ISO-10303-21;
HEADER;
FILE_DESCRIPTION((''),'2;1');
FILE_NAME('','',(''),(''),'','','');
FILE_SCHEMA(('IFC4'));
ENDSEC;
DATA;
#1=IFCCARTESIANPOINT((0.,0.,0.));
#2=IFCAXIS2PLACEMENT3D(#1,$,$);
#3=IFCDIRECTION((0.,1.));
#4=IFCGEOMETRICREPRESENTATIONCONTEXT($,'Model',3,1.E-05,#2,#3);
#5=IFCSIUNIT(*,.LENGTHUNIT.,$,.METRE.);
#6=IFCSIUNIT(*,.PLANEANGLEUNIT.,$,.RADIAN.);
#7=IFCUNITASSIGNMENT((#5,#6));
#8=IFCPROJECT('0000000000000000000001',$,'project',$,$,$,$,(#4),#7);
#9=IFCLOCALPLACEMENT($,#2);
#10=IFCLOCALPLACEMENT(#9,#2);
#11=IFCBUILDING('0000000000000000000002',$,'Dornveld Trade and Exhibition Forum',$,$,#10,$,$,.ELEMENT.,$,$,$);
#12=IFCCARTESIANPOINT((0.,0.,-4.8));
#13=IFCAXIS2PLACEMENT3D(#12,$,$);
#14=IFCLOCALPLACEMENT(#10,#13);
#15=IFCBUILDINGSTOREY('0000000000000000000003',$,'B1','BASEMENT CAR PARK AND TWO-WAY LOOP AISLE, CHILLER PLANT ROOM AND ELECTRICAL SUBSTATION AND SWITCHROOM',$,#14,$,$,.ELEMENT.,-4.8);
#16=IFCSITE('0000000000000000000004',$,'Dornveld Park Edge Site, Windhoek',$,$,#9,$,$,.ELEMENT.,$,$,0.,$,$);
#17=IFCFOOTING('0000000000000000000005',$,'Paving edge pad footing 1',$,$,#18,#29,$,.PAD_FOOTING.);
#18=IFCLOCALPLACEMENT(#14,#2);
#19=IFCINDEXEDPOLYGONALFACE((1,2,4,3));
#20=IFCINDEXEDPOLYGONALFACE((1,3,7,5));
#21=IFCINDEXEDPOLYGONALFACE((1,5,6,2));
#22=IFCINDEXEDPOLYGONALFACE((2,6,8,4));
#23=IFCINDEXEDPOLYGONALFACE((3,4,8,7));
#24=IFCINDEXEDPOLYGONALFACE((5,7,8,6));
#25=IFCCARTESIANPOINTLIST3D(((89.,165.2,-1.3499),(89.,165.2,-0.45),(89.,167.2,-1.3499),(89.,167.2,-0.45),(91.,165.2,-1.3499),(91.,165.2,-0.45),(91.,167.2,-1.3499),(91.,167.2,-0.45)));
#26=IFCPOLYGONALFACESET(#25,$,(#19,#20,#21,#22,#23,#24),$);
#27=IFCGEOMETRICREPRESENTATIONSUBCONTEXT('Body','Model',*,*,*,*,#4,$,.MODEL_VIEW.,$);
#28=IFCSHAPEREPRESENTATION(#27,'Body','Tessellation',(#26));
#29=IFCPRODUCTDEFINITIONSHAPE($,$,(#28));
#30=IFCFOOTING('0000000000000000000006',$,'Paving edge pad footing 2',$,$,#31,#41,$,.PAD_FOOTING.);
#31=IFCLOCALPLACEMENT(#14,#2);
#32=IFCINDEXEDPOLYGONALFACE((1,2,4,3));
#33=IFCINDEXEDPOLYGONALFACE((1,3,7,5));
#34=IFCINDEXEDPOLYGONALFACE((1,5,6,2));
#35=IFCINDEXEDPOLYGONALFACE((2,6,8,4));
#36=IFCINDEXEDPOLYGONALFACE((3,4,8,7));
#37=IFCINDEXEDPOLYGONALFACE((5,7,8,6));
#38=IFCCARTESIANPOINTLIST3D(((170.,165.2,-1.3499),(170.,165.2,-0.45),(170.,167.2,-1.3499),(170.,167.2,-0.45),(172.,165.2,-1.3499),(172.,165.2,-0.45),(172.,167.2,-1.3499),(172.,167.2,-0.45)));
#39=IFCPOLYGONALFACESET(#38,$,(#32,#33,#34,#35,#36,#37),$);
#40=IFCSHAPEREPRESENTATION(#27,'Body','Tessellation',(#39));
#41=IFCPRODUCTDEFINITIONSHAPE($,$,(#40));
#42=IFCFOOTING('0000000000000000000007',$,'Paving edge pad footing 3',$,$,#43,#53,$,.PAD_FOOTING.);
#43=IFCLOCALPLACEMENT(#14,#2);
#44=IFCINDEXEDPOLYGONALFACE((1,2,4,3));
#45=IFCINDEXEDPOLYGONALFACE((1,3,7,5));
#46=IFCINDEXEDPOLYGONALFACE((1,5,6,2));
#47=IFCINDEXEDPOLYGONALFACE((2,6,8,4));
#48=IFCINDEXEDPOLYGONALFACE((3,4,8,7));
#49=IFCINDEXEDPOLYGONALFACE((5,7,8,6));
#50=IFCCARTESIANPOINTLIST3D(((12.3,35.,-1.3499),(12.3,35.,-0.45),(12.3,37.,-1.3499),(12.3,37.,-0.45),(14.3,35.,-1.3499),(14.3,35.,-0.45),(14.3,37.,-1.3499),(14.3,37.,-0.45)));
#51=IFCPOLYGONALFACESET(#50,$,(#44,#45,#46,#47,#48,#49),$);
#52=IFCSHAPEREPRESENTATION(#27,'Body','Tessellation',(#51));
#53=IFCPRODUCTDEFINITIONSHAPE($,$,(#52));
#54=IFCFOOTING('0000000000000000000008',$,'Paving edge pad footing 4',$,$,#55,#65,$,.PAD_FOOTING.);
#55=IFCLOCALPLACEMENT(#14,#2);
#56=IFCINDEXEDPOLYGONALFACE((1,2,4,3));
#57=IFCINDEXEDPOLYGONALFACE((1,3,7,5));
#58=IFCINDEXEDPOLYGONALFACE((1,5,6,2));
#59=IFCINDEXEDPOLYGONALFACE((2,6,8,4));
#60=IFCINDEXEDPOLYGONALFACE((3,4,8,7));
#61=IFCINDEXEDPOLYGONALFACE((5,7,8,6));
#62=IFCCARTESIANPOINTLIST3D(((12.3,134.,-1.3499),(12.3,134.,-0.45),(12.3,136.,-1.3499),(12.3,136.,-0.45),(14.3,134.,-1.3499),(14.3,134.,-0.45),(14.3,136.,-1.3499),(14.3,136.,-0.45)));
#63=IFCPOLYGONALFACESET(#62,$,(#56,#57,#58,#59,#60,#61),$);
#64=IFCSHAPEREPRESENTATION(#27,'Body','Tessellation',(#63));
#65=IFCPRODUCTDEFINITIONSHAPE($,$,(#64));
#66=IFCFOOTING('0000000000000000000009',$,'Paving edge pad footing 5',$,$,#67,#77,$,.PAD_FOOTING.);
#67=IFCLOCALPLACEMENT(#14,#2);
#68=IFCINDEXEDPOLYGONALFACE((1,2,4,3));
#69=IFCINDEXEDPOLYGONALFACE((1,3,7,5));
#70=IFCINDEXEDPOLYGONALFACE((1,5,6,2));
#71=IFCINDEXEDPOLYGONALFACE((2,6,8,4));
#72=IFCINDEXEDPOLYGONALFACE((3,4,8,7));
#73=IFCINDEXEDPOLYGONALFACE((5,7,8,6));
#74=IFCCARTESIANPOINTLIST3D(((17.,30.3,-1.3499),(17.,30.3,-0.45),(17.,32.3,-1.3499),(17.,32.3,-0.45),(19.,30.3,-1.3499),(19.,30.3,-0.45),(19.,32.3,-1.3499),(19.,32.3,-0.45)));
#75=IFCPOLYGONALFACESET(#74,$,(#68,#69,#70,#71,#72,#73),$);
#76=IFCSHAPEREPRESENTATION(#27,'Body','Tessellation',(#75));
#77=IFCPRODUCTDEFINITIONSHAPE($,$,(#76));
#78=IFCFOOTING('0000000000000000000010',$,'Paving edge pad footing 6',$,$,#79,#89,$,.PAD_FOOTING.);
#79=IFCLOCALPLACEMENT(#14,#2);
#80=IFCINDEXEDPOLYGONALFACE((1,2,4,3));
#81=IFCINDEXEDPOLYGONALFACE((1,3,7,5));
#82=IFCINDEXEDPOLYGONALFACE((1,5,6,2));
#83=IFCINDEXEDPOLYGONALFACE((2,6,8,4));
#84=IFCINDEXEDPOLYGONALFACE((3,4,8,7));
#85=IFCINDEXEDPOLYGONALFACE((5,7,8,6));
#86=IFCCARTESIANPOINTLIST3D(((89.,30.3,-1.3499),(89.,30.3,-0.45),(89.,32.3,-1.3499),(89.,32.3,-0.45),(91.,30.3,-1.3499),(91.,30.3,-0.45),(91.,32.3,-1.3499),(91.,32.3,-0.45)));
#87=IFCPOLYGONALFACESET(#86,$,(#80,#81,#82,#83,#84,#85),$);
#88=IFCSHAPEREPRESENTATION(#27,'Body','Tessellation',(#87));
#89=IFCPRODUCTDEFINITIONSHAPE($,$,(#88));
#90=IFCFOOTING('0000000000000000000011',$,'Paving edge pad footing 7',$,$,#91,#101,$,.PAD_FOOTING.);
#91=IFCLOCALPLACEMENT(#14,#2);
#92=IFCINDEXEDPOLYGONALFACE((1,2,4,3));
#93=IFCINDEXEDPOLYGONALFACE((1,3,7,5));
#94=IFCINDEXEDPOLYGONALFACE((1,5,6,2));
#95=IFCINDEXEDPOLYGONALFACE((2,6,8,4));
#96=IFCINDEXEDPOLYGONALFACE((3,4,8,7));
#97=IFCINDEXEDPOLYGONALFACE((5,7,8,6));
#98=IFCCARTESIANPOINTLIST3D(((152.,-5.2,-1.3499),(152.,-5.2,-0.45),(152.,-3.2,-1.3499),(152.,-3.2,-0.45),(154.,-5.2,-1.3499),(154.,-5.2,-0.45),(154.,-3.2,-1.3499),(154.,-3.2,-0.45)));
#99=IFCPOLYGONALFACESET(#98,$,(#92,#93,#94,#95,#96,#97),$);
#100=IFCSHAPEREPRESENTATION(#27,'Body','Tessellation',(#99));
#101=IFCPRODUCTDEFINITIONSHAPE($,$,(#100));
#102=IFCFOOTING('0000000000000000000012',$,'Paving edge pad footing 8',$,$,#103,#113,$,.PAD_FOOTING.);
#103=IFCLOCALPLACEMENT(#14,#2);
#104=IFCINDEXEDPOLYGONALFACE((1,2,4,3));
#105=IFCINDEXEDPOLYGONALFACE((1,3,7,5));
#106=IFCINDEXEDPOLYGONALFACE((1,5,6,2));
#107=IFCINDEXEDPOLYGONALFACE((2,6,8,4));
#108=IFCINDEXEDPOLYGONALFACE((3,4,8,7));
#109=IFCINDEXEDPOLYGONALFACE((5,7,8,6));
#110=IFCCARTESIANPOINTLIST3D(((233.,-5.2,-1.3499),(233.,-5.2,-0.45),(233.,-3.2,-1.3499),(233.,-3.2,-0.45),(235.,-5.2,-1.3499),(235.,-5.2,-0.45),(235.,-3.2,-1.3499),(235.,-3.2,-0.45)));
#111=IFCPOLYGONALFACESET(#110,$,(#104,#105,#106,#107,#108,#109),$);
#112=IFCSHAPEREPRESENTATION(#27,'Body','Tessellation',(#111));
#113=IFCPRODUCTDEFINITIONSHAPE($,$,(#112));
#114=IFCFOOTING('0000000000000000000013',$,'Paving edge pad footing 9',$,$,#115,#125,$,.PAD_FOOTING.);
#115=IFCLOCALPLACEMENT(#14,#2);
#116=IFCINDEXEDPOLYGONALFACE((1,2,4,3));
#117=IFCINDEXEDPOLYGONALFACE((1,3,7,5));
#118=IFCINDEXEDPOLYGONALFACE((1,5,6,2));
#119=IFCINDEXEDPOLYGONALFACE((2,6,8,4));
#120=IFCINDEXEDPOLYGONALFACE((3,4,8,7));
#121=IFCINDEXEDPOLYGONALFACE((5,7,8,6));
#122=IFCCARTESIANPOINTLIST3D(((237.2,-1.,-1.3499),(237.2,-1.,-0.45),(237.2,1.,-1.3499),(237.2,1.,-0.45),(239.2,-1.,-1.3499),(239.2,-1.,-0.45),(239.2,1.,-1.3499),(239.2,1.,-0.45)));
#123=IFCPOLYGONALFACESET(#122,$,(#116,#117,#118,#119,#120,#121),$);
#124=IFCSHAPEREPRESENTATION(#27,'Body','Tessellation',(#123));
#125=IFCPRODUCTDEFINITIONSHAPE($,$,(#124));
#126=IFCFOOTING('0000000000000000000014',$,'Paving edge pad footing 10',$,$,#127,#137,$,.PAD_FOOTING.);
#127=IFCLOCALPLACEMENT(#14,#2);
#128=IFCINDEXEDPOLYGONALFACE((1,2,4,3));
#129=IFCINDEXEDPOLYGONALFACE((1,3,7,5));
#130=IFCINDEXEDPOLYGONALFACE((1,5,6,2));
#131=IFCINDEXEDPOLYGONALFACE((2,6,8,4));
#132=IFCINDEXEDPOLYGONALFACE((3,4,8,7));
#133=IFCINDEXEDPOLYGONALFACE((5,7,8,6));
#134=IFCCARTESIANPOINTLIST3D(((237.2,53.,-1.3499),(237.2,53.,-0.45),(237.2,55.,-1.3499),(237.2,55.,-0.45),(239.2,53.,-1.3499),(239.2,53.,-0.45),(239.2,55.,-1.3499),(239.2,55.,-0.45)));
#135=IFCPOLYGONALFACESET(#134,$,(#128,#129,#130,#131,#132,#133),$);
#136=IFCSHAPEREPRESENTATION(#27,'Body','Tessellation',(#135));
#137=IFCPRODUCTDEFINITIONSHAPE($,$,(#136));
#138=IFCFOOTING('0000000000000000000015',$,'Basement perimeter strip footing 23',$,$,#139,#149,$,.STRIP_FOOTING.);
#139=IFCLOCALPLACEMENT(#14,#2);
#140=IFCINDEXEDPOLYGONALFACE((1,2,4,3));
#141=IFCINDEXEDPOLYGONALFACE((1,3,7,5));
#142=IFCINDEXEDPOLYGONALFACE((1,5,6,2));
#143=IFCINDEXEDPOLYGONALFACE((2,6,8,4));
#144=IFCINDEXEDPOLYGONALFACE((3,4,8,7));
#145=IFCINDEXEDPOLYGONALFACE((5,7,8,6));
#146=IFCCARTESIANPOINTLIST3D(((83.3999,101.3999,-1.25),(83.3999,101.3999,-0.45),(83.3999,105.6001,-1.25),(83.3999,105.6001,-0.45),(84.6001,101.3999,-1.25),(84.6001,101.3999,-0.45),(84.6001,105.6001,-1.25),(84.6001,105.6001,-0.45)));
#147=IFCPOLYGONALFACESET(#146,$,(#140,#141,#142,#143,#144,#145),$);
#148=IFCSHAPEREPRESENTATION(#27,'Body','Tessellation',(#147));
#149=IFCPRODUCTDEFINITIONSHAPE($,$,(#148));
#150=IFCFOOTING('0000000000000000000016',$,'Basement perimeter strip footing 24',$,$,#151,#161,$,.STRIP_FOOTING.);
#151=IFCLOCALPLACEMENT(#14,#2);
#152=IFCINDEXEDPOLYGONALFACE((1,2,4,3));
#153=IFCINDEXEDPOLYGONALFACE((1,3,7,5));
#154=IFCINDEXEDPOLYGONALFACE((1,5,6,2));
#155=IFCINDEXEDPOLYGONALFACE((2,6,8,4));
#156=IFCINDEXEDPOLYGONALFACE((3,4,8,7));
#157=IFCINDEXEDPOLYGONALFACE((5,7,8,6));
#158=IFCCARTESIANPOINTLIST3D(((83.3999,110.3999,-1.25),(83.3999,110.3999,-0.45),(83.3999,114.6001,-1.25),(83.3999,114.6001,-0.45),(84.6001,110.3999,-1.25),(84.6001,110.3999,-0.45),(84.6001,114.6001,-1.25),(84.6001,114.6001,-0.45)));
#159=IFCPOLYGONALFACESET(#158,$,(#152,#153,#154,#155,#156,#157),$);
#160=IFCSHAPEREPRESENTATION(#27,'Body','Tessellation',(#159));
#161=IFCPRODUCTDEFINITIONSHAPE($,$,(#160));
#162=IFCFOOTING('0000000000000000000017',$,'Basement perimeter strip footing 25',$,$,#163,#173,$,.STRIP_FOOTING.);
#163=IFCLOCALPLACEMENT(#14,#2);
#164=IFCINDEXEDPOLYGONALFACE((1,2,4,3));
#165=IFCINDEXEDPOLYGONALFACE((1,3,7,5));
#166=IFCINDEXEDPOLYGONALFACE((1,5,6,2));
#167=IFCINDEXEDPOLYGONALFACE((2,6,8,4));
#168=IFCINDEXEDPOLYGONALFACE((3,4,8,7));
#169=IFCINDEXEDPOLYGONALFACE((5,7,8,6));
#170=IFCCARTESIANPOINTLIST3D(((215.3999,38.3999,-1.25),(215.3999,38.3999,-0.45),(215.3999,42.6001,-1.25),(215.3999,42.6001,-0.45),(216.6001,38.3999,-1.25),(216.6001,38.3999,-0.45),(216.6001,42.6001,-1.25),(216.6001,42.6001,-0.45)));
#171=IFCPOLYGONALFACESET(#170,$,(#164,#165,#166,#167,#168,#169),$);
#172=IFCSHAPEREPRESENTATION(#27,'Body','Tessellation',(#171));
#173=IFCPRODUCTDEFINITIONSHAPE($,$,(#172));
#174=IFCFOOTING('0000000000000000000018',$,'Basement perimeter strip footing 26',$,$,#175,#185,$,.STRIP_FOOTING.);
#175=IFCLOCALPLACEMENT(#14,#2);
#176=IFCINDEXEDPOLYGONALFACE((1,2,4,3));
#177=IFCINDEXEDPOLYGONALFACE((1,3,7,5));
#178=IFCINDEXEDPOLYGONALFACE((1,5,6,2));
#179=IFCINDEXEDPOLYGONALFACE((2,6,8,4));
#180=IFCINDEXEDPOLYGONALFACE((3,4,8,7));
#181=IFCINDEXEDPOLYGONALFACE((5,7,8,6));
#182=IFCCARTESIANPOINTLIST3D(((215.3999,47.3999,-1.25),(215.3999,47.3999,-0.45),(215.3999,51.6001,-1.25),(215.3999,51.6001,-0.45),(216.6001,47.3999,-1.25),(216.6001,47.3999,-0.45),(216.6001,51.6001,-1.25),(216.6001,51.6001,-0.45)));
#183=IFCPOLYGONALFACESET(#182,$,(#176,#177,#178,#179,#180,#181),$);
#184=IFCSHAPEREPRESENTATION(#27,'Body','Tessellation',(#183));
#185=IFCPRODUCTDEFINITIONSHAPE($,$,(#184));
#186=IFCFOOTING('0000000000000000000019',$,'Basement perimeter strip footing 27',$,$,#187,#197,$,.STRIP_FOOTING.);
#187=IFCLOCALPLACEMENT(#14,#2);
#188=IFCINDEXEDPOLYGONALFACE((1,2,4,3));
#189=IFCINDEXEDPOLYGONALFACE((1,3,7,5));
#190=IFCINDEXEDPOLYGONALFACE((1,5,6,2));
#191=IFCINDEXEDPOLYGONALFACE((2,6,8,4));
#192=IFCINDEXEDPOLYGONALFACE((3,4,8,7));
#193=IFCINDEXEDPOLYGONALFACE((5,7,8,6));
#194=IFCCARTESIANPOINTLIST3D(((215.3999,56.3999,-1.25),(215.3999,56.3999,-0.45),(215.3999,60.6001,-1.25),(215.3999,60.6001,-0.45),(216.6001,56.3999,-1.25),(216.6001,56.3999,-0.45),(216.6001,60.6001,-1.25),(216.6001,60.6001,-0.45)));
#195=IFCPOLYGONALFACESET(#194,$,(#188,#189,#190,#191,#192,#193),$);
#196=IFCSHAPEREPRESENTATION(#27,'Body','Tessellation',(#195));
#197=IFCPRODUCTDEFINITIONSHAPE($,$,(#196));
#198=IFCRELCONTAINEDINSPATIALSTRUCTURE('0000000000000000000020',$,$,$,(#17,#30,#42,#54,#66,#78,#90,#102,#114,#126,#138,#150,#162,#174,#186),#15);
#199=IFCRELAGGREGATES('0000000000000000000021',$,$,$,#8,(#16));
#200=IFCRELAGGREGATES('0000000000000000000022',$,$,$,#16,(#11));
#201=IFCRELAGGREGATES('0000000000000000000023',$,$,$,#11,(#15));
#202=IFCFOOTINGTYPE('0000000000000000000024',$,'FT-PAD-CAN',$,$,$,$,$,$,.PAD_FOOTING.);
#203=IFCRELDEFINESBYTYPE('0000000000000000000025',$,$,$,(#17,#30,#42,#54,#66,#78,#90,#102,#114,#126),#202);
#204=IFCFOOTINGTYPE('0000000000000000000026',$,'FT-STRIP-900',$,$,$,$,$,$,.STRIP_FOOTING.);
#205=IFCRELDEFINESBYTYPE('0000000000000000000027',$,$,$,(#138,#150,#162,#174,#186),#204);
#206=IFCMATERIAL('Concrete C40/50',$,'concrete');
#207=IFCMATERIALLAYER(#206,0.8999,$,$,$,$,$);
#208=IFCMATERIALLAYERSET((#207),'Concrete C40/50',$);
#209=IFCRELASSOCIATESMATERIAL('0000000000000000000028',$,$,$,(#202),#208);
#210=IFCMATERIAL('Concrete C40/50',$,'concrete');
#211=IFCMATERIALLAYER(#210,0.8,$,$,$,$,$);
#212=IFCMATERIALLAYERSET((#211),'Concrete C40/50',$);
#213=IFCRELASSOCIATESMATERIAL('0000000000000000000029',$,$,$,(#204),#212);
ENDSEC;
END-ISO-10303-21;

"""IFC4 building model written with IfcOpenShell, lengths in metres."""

from ifc_helpers import new_model, si_unit, direction, frame, origin, place, context, subcontext, project, spatial, polyline, outline, extrude, material, layer, layer_set, type_object, element, save


model = new_model("IFC4")

# Units and contexts
model_context = context("Model", 3, precision=1e-05, world=origin(), true_north=direction((0.0, 1.0)))
body_context = subcontext(model_context, "Body", "Model", "MODEL_VIEW")
ifc_project = project(units=[si_unit("LENGTHUNIT", "METRE"), si_unit("PLANEANGLEUNIT", "RADIAN")], contexts=[model_context])

# Site, building, storey
site_placement = place(None, origin())
site = spatial("IfcSite", under=ifc_project, at=site_placement, Name="Dornveld Park Edge Site, Windhoek", CompositionType="ELEMENT", RefElevation=0.0)
building_placement = place(site_placement, origin())
building = spatial("IfcBuilding", under=site, at=building_placement, Name="Dornveld Trade and Exhibition Forum", CompositionType="ELEMENT")
storey_placement = place(building_placement, frame((0.0, 0.0, -4.8)))
storey = spatial("IfcBuildingStorey", under=building, at=storey_placement, Name="B1", Description="BASEMENT CAR PARK AND TWO-WAY LOOP AISLE, CHILLER PLANT ROOM AND ELECTRICAL SUBSTATION AND SWITCHROOM", CompositionType="ELEMENT", Elevation=-4.8)

# Footings
ifc_material_1 = material(Name="Concrete C40/50", Category="concrete")
ifc_layer_1 = layer(ifc_material_1, 0.8999)
ifc_layer_set_1 = layer_set([ifc_layer_1], Name="Concrete C40/50")
footing_type_1 = type_object("IfcFootingType", Name="FT-PAD-CAN", PredefinedType="PAD_FOOTING", material=ifc_layer_set_1)
footing_1_placement = place(storey_placement, frame((0.0, 0.0, -1.3499)))
element("IfcFooting", 1, at=footing_1_placement, inside=storey, type_object=footing_type_1, Name="Paving edge pad footing 1", PredefinedType="PAD_FOOTING", context=body_context, shape_type="SweptSolid", body=[
    extrude(outline(polyline([(89.0, 165.2), (91.0, 165.2), (91.0, 167.2), (89.0, 167.2), (89.0, 165.2)])), origin(), (0.0, 0.0, 1.0), 0.8999),
])
footing_2_placement = place(storey_placement, frame((0.0, 0.0, -1.3499)))
element("IfcFooting", 2, at=footing_2_placement, inside=storey, type_object=footing_type_1, Name="Paving edge pad footing 2", PredefinedType="PAD_FOOTING", context=body_context, shape_type="SweptSolid", body=[
    extrude(outline(polyline([(170.0, 165.2), (172.0, 165.2), (172.0, 167.2), (170.0, 167.2), (170.0, 165.2)])), origin(), (0.0, 0.0, 1.0), 0.8999),
])
footing_3_placement = place(storey_placement, frame((0.0, 0.0, -1.3499)))
element("IfcFooting", 3, at=footing_3_placement, inside=storey, type_object=footing_type_1, Name="Paving edge pad footing 3", PredefinedType="PAD_FOOTING", context=body_context, shape_type="SweptSolid", body=[
    extrude(outline(polyline([(12.3, 35.0), (14.3, 35.0), (14.3, 37.0), (12.3, 37.0), (12.3, 35.0)])), origin(), (0.0, 0.0, 1.0), 0.8999),
])
footing_4_placement = place(storey_placement, frame((0.0, 0.0, -1.3499)))
element("IfcFooting", 4, at=footing_4_placement, inside=storey, type_object=footing_type_1, Name="Paving edge pad footing 4", PredefinedType="PAD_FOOTING", context=body_context, shape_type="SweptSolid", body=[
    extrude(outline(polyline([(12.3, 134.0), (14.3, 134.0), (14.3, 136.0), (12.3, 136.0), (12.3, 134.0)])), origin(), (0.0, 0.0, 1.0), 0.8999),
])
footing_5_placement = place(storey_placement, frame((0.0, 0.0, -1.3499)))
element("IfcFooting", 5, at=footing_5_placement, inside=storey, type_object=footing_type_1, Name="Paving edge pad footing 5", PredefinedType="PAD_FOOTING", context=body_context, shape_type="SweptSolid", body=[
    extrude(outline(polyline([(17.0, 30.3), (19.0, 30.3), (19.0, 32.3), (17.0, 32.3), (17.0, 30.3)])), origin(), (0.0, 0.0, 1.0), 0.8999),
])
footing_6_placement = place(storey_placement, frame((0.0, 0.0, -1.3499)))
element("IfcFooting", 6, at=footing_6_placement, inside=storey, type_object=footing_type_1, Name="Paving edge pad footing 6", PredefinedType="PAD_FOOTING", context=body_context, shape_type="SweptSolid", body=[
    extrude(outline(polyline([(89.0, 30.3), (91.0, 30.3), (91.0, 32.3), (89.0, 32.3), (89.0, 30.3)])), origin(), (0.0, 0.0, 1.0), 0.8999),
])
footing_7_placement = place(storey_placement, frame((0.0, 0.0, -1.3499)))
element("IfcFooting", 7, at=footing_7_placement, inside=storey, type_object=footing_type_1, Name="Paving edge pad footing 7", PredefinedType="PAD_FOOTING", context=body_context, shape_type="SweptSolid", body=[
    extrude(outline(polyline([(152.0, -5.2), (154.0, -5.2), (154.0, -3.2), (152.0, -3.2), (152.0, -5.2)])), origin(), (0.0, 0.0, 1.0), 0.8999),
])
footing_8_placement = place(storey_placement, frame((0.0, 0.0, -1.3499)))
element("IfcFooting", 8, at=footing_8_placement, inside=storey, type_object=footing_type_1, Name="Paving edge pad footing 8", PredefinedType="PAD_FOOTING", context=body_context, shape_type="SweptSolid", body=[
    extrude(outline(polyline([(233.0, -5.2), (235.0, -5.2), (235.0, -3.2), (233.0, -3.2), (233.0, -5.2)])), origin(), (0.0, 0.0, 1.0), 0.8999),
])
footing_9_placement = place(storey_placement, frame((0.0, 0.0, -1.3499)))
element("IfcFooting", 9, at=footing_9_placement, inside=storey, type_object=footing_type_1, Name="Paving edge pad footing 9", PredefinedType="PAD_FOOTING", context=body_context, shape_type="SweptSolid", body=[
    extrude(outline(polyline([(237.2, -1.0), (239.2, -1.0), (239.2, 1.0), (237.2, 1.0), (237.2, -1.0)])), origin(), (0.0, 0.0, 1.0), 0.8999),
])
footing_10_placement = place(storey_placement, frame((0.0, 0.0, -1.3499)))
element("IfcFooting", 10, at=footing_10_placement, inside=storey, type_object=footing_type_1, Name="Paving edge pad footing 10", PredefinedType="PAD_FOOTING", context=body_context, shape_type="SweptSolid", body=[
    extrude(outline(polyline([(237.2, 53.0), (239.2, 53.0), (239.2, 55.0), (237.2, 55.0), (237.2, 53.0)])), origin(), (0.0, 0.0, 1.0), 0.8999),
])
ifc_material_2 = material(Name="Concrete C40/50", Category="concrete")
ifc_layer_2 = layer(ifc_material_2, 0.8)
ifc_layer_set_2 = layer_set([ifc_layer_2], Name="Concrete C40/50")
footing_type_2 = type_object("IfcFootingType", Name="FT-STRIP-900", PredefinedType="STRIP_FOOTING", material=ifc_layer_set_2)
footing_11_placement = place(storey_placement, frame((0.0, 0.0, -1.25)))
element("IfcFooting", 11, at=footing_11_placement, inside=storey, type_object=footing_type_2, Name="Basement perimeter strip footing 23", PredefinedType="STRIP_FOOTING", context=body_context, shape_type="SweptSolid", body=[
    extrude(outline(polyline([(83.3999, 101.3999), (84.6001, 101.3999), (84.6001, 105.6001), (83.3999, 105.6001), (83.3999, 101.3999)])), origin(), (0.0, 0.0, 1.0), 0.8),
])
footing_12_placement = place(storey_placement, frame((0.0, 0.0, -1.25)))
element("IfcFooting", 12, at=footing_12_placement, inside=storey, type_object=footing_type_2, Name="Basement perimeter strip footing 24", PredefinedType="STRIP_FOOTING", context=body_context, shape_type="SweptSolid", body=[
    extrude(outline(polyline([(83.3999, 110.3999), (84.6001, 110.3999), (84.6001, 114.6001), (83.3999, 114.6001), (83.3999, 110.3999)])), origin(), (0.0, 0.0, 1.0), 0.8),
])
footing_13_placement = place(storey_placement, frame((0.0, 0.0, -1.25)))
element("IfcFooting", 13, at=footing_13_placement, inside=storey, type_object=footing_type_2, Name="Basement perimeter strip footing 25", PredefinedType="STRIP_FOOTING", context=body_context, shape_type="SweptSolid", body=[
    extrude(outline(polyline([(215.3999, 38.3999), (216.6001, 38.3999), (216.6001, 42.6001), (215.3999, 42.6001), (215.3999, 38.3999)])), origin(), (0.0, 0.0, 1.0), 0.8),
])
footing_14_placement = place(storey_placement, frame((0.0, 0.0, -1.25)))
element("IfcFooting", 14, at=footing_14_placement, inside=storey, type_object=footing_type_2, Name="Basement perimeter strip footing 26", PredefinedType="STRIP_FOOTING", context=body_context, shape_type="SweptSolid", body=[
    extrude(outline(polyline([(215.3999, 47.3999), (216.6001, 47.3999), (216.6001, 51.6001), (215.3999, 51.6001), (215.3999, 47.3999)])), origin(), (0.0, 0.0, 1.0), 0.8),
])
footing_15_placement = place(storey_placement, frame((0.0, 0.0, -1.25)))
element("IfcFooting", 15, at=footing_15_placement, inside=storey, type_object=footing_type_2, Name="Basement perimeter strip footing 27", PredefinedType="STRIP_FOOTING", context=body_context, shape_type="SweptSolid", body=[
    extrude(outline(polyline([(215.3999, 56.3999), (216.6001, 56.3999), (216.6001, 60.6001), (215.3999, 60.6001), (215.3999, 56.3999)])), origin(), (0.0, 0.0, 1.0), 0.8),
])

save(model, "model.ifc")
